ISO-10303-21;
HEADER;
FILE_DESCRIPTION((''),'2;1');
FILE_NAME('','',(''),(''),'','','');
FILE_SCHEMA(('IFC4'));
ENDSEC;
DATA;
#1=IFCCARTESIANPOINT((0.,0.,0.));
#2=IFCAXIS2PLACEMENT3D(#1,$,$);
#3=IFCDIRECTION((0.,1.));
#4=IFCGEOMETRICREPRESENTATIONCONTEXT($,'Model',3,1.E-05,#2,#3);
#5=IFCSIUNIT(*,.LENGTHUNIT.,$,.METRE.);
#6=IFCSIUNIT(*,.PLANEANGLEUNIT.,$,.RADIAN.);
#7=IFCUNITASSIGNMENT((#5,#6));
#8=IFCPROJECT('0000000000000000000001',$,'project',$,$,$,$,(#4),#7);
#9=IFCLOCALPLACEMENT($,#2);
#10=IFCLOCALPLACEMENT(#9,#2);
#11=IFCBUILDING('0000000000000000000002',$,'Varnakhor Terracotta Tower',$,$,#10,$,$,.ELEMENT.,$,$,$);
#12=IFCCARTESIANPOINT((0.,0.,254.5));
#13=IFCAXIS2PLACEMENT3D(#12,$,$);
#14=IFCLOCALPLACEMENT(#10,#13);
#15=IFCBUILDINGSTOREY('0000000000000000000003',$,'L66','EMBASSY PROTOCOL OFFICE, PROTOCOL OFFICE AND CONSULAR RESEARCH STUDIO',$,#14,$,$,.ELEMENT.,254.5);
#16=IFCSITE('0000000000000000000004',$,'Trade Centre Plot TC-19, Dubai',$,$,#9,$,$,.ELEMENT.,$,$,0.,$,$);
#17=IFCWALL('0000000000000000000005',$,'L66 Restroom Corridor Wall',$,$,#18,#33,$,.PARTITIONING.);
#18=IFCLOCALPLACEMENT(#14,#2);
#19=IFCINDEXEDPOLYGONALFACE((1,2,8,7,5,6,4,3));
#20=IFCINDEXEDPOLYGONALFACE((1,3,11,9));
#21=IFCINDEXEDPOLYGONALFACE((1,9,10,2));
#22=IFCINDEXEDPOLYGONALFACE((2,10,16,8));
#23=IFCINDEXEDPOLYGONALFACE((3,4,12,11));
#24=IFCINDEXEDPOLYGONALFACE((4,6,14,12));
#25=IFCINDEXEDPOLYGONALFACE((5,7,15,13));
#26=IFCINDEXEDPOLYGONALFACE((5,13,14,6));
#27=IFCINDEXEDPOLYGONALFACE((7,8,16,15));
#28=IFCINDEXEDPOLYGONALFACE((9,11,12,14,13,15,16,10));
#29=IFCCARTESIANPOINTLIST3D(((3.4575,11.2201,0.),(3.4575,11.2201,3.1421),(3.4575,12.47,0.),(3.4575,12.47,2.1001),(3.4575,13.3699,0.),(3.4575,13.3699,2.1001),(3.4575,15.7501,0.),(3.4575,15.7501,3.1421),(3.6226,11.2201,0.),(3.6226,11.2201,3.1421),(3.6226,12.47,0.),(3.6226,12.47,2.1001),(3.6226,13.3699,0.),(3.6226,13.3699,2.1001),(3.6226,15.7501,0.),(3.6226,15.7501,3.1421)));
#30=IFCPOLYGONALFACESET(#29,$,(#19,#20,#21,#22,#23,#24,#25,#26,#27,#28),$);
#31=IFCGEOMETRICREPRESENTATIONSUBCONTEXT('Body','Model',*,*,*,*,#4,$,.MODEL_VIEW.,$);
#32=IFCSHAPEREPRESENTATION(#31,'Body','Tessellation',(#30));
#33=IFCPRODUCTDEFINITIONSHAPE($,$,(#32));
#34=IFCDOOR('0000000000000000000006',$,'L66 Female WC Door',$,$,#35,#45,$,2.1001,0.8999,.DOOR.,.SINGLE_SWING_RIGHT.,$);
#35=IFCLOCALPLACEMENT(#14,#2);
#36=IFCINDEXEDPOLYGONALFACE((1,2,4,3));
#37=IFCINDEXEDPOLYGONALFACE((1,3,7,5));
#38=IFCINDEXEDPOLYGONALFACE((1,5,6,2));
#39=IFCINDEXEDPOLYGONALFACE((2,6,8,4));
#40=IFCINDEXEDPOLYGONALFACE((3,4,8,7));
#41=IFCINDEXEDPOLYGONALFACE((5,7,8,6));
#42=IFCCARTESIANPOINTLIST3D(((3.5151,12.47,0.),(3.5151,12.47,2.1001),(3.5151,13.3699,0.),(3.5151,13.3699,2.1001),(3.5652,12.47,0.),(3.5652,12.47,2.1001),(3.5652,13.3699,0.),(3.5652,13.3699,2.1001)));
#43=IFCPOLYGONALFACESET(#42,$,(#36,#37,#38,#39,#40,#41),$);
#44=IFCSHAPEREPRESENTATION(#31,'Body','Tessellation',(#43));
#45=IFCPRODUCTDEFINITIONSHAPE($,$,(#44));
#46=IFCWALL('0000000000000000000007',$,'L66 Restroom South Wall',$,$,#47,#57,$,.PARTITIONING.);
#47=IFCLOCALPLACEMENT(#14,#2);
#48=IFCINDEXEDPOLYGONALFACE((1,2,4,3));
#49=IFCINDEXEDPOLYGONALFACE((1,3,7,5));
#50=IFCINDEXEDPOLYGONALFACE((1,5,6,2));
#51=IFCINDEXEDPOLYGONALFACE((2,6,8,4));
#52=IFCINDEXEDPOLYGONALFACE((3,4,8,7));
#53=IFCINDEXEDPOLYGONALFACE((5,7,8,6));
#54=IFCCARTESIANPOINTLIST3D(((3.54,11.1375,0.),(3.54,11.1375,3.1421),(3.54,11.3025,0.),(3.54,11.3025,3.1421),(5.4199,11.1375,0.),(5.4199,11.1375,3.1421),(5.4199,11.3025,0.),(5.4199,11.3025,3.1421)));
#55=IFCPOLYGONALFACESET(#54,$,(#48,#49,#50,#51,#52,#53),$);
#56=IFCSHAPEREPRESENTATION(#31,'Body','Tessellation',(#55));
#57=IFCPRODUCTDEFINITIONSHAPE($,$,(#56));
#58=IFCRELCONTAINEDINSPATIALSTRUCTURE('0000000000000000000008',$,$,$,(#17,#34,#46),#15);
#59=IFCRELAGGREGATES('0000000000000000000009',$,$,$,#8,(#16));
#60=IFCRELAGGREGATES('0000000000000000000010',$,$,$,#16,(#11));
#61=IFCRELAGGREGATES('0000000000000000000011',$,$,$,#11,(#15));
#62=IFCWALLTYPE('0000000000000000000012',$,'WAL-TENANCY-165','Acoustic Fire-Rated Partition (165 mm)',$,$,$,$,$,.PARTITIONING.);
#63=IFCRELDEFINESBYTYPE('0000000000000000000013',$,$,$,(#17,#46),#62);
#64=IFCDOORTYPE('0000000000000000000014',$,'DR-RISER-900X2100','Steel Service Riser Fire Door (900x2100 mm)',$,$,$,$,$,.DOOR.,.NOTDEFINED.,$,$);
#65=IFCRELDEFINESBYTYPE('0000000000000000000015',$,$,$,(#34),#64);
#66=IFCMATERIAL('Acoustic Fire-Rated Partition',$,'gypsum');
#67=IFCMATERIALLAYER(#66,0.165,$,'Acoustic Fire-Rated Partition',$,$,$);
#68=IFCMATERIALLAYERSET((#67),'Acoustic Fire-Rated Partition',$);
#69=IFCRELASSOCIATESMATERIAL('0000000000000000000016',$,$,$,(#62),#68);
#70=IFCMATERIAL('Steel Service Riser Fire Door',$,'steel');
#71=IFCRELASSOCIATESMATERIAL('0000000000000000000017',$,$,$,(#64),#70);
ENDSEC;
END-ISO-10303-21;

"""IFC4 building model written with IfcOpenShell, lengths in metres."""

from ifc_helpers import new_model, si_unit, direction, frame, frame_2d, origin, place, context, subcontext, project, spatial, rectangle, extrude, source, transform, mapped, material, layer, layer_set, type_object, type_shapes, element, fill, save


model = new_model("IFC4")

# Units and contexts
model_context = context("Model", 3, precision=1e-05, world=origin(), true_north=direction((0.0, 1.0)))
body_context = subcontext(model_context, "Body", "Model", "MODEL_VIEW")
ifc_project = project(units=[si_unit("LENGTHUNIT", "METRE"), si_unit("PLANEANGLEUNIT", "RADIAN")], contexts=[model_context])

# Site, building, storey
site_placement = place(None, origin())
site = spatial("IfcSite", under=ifc_project, at=site_placement, Name="Trade Centre Plot TC-19, Dubai", CompositionType="ELEMENT", RefElevation=0.0)
building_placement = place(site_placement, origin())
building = spatial("IfcBuilding", under=site, at=building_placement, Name="Varnakhor Terracotta Tower", CompositionType="ELEMENT")
storey_placement = place(building_placement, frame((0.0, 0.0, 254.5)))
storey = spatial("IfcBuildingStorey", under=building, at=storey_placement, Name="L66", Description="EMBASSY PROTOCOL OFFICE, PROTOCOL OFFICE AND CONSULAR RESEARCH STUDIO", CompositionType="ELEMENT", Elevation=254.5)

# Shared definitions
ifc_material_1 = material(Name="Acoustic Fire-Rated Partition", Category="gypsum")
ifc_layer_1 = layer(ifc_material_1, 0.165, Name="Acoustic Fire-Rated Partition")
ifc_layer_set_1 = layer_set([ifc_layer_1], Name="Acoustic Fire-Rated Partition")
wall_type_1 = type_object("IfcWallType", Name="WAL-TENANCY-165", Description="Acoustic Fire-Rated Partition (165 mm)", PredefinedType="PARTITIONING", material=ifc_layer_set_1)

# Wall, opening, door
wall_1_placement = place(storey_placement, frame((3.54, 11.22, 0.0), z_axis=(0.0, 0.0, 1.0), x_axis=(0.0, 1.0, 0.0)))
wall_1 = element("IfcWall", 1, at=wall_1_placement, inside=storey, type_object=wall_type_1, Name="L66 Restroom Corridor Wall", PredefinedType="PARTITIONING", context=body_context, shape_type="SweptSolid", body=[
    extrude(rectangle(XDim=4.53, YDim=0.165, at=frame_2d((2.2651, 0.0))), origin(), (0.0, 0.0, 1.0), 3.1421),
])
opening_1_placement = place(wall_1_placement, frame((1.25, 0.0, 0.0)))
opening_1 = element("IfcOpeningElement", 2, at=opening_1_placement, cuts=wall_1, PredefinedType="OPENING", context=body_context, shape_type="SweptSolid", body=[
    extrude(rectangle(XDim=0.8999, YDim=2.1001, at=frame_2d((0.45, 1.05))), frame((0.0, 0.0925, 0.0), z_axis=(0.0, -1.0, 0.0), x_axis=(1.0, 0.0, 0.0)), (0.0, 0.0, 1.0), 0.1851),
])
ifc_material_2 = material(Name="Steel Service Riser Fire Door", Category="steel")
door_type_1 = type_object("IfcDoorType", Name="DR-RISER-900X2100", Description="Steel Service Riser Fire Door (900x2100 mm)", OperationType="NOTDEFINED", PredefinedType="DOOR", material=ifc_material_2)
shared_shape_1 = source(origin(), body_context, "Body", "SweptSolid", [
    extrude(rectangle(XDim=0.8999, YDim=2.1001, at=frame_2d((0.45, 1.05))), frame((0.0, 0.0249, 0.0), z_axis=(0.0, -1.0, 0.0), x_axis=(1.0, 0.0, 0.0)), (0.0, 0.0, 1.0), 0.05),
])
type_shapes(door_type_1, [shared_shape_1])
door_1_placement = place(opening_1_placement, origin())
door_1 = element("IfcDoor", 3, at=door_1_placement, inside=storey, type_object=door_type_1, Name="L66 Female WC Door", OperationType="SINGLE_SWING_RIGHT", OverallHeight=2.1001, OverallWidth=0.8999, PredefinedType="DOOR", context=body_context, shape_type="MappedRepresentation", body=[
    mapped(shared_shape_1, transform((0.0, 0.0, 0.0), scale=1.0)),
])
fill(opening_1, door_1)

# Wall
wall_2_placement = place(storey_placement, frame((3.54, 11.22, 0.0), z_axis=(0.0, 0.0, 1.0), x_axis=(1.0, 0.0, 0.0)))
element("IfcWall", 4, at=wall_2_placement, inside=storey, type_object=wall_type_1, Name="L66 Restroom South Wall", PredefinedType="PARTITIONING", context=body_context, shape_type="SweptSolid", body=[
    extrude(rectangle(XDim=1.8799, YDim=0.165, at=frame_2d((0.9399, 0.0))), origin(), (0.0, 0.0, 1.0), 3.1421),
])

save(model, "model.ifc")
